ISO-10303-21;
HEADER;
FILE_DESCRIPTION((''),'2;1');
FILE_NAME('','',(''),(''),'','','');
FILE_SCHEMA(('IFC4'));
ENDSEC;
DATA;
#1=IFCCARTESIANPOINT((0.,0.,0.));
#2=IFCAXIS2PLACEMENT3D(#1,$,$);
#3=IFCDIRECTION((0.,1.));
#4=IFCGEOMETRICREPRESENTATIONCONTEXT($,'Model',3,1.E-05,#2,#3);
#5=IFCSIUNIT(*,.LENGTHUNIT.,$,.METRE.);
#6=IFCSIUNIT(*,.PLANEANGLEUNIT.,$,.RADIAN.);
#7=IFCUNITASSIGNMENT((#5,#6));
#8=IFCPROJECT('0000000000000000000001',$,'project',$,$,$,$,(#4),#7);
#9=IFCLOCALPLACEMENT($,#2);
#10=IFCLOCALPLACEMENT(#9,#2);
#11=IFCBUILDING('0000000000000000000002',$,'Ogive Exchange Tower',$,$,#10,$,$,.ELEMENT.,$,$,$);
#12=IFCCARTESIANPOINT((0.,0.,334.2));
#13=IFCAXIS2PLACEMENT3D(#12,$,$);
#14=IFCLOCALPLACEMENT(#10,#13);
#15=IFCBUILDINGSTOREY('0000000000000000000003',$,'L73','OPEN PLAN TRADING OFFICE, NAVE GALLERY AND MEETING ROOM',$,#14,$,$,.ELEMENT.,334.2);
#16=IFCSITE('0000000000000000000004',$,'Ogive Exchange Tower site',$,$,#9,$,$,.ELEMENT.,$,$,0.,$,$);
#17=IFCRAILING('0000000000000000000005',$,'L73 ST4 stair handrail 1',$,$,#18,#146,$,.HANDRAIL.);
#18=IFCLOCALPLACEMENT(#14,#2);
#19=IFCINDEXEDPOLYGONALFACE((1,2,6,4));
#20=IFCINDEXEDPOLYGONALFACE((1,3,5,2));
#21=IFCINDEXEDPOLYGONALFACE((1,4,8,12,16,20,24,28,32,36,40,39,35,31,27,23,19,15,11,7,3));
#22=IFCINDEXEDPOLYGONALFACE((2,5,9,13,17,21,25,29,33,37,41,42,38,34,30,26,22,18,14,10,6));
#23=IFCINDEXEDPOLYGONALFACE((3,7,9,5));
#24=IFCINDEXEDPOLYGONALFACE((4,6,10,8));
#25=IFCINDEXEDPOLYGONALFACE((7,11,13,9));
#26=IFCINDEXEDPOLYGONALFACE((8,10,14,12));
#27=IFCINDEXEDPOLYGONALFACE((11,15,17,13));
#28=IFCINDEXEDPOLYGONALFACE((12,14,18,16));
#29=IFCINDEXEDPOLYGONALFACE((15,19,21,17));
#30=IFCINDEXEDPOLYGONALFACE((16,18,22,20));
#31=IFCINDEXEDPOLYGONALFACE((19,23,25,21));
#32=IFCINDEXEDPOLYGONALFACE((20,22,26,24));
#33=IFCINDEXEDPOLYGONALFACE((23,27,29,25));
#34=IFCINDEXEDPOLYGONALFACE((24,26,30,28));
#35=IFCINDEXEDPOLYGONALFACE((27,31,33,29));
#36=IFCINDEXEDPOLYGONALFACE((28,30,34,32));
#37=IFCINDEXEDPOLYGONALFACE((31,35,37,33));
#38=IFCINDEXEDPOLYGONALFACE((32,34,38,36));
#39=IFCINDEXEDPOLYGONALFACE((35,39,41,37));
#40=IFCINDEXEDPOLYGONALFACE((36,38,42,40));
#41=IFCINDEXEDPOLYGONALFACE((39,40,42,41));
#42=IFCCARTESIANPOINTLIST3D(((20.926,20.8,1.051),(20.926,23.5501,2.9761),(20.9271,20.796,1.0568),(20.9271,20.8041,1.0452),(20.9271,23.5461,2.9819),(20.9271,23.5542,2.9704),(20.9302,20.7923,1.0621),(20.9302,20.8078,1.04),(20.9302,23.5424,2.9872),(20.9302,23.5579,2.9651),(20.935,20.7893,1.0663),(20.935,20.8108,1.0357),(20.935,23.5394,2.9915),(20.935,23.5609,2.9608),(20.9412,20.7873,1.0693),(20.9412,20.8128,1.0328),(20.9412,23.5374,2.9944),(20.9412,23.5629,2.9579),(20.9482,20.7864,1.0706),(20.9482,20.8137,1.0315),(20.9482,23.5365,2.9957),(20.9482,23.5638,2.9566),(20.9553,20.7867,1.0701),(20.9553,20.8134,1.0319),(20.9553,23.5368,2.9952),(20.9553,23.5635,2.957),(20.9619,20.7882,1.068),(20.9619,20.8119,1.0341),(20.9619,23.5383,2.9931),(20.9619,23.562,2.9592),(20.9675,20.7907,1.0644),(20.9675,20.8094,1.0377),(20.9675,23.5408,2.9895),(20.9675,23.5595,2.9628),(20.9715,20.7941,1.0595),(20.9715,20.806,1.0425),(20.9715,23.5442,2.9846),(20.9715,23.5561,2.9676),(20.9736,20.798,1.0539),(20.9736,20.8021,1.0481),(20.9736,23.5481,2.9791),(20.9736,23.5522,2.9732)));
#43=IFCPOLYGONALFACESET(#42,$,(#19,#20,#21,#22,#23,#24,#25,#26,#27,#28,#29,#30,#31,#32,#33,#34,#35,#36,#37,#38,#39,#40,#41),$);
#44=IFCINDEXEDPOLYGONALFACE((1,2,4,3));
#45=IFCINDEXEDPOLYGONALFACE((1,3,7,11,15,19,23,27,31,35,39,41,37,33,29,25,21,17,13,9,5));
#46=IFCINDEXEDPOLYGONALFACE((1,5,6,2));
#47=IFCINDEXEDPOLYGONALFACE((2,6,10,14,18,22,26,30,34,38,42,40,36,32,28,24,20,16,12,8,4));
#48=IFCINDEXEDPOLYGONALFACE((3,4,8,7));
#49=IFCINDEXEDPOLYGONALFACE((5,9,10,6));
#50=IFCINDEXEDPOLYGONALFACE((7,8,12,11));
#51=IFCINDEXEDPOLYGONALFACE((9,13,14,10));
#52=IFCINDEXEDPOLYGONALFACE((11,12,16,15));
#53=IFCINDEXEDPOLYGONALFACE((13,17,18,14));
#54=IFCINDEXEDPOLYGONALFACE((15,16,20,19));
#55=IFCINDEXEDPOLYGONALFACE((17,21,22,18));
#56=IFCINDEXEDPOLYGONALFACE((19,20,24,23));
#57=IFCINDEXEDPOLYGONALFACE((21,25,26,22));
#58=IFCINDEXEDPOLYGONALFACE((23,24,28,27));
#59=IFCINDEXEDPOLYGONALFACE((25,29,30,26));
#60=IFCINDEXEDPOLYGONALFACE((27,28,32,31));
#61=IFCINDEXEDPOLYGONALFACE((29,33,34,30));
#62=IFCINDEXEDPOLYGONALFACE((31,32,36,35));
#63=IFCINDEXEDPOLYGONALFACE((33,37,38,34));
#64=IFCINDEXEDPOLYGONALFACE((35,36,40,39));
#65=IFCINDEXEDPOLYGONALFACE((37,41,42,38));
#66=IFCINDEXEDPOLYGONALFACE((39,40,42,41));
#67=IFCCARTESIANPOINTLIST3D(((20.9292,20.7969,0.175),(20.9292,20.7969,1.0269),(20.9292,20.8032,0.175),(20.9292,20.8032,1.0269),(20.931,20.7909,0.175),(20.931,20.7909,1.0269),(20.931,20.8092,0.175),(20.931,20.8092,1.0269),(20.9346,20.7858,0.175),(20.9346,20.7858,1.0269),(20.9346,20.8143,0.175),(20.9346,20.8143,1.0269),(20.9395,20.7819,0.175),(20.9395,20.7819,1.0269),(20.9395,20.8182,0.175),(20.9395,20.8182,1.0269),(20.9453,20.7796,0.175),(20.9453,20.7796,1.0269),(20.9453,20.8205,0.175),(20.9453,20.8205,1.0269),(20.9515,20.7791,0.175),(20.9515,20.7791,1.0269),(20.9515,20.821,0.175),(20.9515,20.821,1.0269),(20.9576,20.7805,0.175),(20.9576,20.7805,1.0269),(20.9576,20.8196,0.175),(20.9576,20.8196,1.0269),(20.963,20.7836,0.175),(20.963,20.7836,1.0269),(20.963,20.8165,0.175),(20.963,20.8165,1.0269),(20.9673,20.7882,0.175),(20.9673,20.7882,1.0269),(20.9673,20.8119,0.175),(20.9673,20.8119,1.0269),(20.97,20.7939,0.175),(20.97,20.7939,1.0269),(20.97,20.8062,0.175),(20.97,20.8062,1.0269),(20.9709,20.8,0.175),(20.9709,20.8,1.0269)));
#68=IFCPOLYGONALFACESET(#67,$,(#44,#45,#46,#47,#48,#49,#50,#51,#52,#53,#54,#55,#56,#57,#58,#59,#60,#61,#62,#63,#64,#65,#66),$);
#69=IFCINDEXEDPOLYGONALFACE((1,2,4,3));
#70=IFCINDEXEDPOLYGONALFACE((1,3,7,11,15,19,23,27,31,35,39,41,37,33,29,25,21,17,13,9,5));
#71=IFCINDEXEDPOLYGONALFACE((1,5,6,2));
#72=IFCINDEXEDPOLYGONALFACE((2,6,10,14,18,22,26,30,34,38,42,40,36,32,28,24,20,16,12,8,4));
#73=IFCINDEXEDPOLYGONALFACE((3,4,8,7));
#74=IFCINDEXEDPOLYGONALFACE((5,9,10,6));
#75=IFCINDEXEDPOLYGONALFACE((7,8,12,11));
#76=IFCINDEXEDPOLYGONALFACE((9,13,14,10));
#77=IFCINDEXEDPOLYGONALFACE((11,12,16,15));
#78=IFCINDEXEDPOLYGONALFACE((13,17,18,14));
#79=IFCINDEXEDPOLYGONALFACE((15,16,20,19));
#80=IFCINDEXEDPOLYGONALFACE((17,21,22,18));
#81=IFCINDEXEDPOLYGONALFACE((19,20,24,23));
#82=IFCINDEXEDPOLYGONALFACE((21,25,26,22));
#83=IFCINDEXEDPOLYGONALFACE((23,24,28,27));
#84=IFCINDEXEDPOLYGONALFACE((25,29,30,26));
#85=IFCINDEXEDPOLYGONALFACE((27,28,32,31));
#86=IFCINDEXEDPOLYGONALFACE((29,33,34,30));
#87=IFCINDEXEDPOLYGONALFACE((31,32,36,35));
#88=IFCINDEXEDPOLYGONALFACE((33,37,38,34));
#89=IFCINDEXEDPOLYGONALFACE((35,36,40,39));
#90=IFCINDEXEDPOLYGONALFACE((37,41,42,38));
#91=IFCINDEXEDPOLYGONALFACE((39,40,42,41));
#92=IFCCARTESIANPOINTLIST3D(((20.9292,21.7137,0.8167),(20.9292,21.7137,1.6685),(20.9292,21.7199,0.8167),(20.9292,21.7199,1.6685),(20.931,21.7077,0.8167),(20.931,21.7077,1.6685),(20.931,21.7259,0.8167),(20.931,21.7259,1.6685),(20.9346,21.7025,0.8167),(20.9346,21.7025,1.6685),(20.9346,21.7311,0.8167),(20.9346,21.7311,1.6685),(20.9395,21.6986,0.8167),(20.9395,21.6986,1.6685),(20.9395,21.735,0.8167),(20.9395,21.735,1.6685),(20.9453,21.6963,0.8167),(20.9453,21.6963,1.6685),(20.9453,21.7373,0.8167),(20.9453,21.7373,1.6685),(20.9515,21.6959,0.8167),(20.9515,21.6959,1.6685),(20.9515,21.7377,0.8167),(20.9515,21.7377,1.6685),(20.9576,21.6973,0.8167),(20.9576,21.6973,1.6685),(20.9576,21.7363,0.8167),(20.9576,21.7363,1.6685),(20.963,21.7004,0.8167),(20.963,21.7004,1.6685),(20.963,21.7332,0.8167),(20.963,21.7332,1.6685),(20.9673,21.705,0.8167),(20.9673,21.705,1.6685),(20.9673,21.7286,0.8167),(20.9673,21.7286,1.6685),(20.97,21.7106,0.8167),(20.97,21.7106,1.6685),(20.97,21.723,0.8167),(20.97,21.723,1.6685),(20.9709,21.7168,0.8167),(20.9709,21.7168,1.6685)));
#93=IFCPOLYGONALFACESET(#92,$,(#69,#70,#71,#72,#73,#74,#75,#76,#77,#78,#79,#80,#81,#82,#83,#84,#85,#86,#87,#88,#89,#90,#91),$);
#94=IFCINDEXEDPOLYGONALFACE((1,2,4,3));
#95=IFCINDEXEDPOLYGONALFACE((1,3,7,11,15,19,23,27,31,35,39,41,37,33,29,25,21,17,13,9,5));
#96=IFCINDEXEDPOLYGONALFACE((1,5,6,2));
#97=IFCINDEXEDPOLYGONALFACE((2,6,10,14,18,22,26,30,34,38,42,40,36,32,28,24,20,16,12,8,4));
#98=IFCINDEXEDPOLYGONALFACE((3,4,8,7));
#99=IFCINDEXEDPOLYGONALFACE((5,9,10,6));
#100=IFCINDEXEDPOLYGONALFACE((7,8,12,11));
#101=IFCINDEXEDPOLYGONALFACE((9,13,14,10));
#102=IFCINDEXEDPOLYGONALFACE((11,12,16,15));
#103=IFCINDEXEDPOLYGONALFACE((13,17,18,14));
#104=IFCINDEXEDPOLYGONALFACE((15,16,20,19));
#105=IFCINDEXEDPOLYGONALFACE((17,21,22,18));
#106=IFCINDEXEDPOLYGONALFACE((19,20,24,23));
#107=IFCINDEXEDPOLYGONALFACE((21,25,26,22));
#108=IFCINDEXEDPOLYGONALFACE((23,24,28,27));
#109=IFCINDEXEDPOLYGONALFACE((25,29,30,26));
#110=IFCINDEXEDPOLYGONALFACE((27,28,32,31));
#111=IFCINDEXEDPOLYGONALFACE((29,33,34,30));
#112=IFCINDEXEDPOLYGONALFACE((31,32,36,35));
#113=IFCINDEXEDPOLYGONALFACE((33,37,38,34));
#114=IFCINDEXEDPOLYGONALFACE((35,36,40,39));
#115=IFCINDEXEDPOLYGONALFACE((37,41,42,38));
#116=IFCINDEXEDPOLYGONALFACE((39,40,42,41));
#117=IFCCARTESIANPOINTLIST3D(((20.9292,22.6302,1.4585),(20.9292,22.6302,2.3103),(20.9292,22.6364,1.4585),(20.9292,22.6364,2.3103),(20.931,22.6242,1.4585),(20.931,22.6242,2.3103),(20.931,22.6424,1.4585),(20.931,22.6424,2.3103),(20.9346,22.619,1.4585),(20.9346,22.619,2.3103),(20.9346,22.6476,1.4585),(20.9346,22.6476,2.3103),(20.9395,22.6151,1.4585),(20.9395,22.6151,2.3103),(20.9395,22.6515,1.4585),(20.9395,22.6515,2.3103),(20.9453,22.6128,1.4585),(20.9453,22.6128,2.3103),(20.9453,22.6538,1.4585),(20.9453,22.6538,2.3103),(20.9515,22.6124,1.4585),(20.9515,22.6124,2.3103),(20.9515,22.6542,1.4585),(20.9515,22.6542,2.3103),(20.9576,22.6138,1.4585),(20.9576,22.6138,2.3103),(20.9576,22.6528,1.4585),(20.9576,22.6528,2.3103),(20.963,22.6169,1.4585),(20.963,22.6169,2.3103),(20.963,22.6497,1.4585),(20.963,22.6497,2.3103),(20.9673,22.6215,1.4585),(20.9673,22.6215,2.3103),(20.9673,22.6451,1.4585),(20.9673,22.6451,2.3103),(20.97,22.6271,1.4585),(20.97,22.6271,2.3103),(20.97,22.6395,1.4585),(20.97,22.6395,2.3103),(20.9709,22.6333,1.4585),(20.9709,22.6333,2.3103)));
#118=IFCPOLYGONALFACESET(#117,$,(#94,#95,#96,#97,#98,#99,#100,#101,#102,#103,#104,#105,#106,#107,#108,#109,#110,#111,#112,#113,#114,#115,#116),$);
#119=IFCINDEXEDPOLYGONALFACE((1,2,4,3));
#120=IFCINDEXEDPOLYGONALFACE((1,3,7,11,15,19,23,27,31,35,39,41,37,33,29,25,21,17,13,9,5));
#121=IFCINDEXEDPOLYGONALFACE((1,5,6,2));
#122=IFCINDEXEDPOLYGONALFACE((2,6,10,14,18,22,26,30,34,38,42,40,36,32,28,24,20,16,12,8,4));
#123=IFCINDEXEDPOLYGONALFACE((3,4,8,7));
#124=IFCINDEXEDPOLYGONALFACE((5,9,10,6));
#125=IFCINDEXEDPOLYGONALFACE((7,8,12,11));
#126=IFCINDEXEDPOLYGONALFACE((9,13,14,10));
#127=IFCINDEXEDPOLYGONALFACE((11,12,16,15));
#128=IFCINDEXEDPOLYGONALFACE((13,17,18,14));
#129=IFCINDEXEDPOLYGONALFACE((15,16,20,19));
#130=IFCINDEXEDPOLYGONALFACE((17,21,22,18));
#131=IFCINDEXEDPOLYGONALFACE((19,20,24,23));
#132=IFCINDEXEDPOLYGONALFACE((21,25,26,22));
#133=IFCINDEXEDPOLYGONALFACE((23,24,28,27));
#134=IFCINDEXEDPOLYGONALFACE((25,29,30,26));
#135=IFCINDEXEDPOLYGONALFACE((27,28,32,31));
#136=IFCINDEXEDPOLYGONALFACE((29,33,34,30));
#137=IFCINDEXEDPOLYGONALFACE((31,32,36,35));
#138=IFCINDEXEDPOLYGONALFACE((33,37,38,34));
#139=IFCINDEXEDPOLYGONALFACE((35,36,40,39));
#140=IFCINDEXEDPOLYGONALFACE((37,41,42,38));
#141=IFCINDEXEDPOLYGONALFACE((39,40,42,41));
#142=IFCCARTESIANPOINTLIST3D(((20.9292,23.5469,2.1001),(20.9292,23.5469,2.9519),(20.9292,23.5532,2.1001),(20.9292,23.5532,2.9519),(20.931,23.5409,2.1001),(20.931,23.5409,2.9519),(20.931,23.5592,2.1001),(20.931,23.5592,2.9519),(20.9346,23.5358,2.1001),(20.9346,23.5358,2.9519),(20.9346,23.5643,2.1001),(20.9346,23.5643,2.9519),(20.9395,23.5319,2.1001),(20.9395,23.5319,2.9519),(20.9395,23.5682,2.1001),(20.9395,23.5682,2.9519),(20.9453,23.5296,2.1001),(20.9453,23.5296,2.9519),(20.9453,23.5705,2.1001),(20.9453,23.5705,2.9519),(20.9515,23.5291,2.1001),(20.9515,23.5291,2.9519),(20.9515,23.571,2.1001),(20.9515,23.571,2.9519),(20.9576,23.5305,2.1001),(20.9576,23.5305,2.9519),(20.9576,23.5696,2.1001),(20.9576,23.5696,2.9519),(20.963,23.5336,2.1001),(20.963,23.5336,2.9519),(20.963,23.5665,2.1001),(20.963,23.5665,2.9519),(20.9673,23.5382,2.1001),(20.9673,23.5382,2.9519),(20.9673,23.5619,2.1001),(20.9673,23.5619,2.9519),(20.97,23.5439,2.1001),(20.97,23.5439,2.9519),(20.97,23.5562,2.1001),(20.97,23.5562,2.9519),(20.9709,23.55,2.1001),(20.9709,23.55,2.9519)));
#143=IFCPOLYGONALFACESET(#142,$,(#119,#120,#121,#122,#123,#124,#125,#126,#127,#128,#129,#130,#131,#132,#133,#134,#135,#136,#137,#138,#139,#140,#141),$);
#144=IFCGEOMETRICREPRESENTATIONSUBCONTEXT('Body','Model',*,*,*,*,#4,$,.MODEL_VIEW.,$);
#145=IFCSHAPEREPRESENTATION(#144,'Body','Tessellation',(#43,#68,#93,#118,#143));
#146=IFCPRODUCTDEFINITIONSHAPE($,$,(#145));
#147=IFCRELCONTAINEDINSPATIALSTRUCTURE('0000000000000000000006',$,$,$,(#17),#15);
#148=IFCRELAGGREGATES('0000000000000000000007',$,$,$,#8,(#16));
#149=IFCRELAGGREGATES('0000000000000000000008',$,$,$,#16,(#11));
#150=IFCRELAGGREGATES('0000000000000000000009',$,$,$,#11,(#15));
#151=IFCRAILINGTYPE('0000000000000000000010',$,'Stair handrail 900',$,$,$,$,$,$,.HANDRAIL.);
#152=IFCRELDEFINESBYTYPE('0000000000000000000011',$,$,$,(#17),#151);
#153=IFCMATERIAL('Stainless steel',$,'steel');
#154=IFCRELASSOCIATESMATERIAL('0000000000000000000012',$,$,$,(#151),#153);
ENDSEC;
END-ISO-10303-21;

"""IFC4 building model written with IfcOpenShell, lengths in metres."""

from ifc_helpers import new_model, si_unit, direction, frame, origin, origin_2d, place, context, subcontext, project, spatial, circle, extrude, material, type_object, element, save


model = new_model("IFC4")

# Units and contexts
model_context = context("Model", 3, precision=1e-05, world=origin(), true_north=direction((0.0, 1.0)))
body_context = subcontext(model_context, "Body", "Model", "MODEL_VIEW")
ifc_project = project(units=[si_unit("LENGTHUNIT", "METRE"), si_unit("PLANEANGLEUNIT", "RADIAN")], contexts=[model_context])

# Site, building, storey
site_placement = place(None, origin())
site = spatial("IfcSite", under=ifc_project, at=site_placement, Name="Ogive Exchange Tower site", CompositionType="ELEMENT", RefElevation=0.0)
building_placement = place(site_placement, origin())
building = spatial("IfcBuilding", under=site, at=building_placement, Name="Ogive Exchange Tower", CompositionType="ELEMENT")
storey_placement = place(building_placement, frame((0.0, 0.0, 334.2)))
storey = spatial("IfcBuildingStorey", under=building, at=storey_placement, Name="L73", Description="OPEN PLAN TRADING OFFICE, NAVE GALLERY AND MEETING ROOM", CompositionType="ELEMENT", Elevation=334.2)

# Railing
ifc_material_1 = material(Name="Stainless steel", Category="steel")
railing_type = type_object("IfcRailingType", Name="Stair handrail 900", PredefinedType="HANDRAIL", material=ifc_material_1)
railing_1_placement = place(storey_placement, frame((20.95, 20.8, 0.175)))
element("IfcRailing", 1, at=railing_1_placement, inside=storey, type_object=railing_type, Name="L73 ST4 stair handrail 1", PredefinedType="HANDRAIL", context=body_context, shape_type="SweptSolid", body=[
    extrude(circle(Radius=0.0239, at=origin_2d()), frame((0.0, 0.0, 0.876), z_axis=(0.0, 0.819225, 0.573472), x_axis=(-1.0, 0.0, 0.0)), (0.0, 0.0, 1.0), 3.3569),
    extrude(circle(Radius=0.021, at=origin_2d()), origin(), (0.0, 0.0, 1.0), 0.8518),
    extrude(circle(Radius=0.021, at=origin_2d()), frame((0.0, 0.9167, 0.6416)), (0.0, 0.0, 1.0), 0.8518),
    extrude(circle(Radius=0.021, at=origin_2d()), frame((0.0, 1.8333, 1.2834)), (0.0, 0.0, 1.0), 0.8518),
    extrude(circle(Radius=0.021, at=origin_2d()), frame((0.0, 2.75, 1.925)), (0.0, 0.0, 1.0), 0.8518),
])

save(model, "model.ifc")
